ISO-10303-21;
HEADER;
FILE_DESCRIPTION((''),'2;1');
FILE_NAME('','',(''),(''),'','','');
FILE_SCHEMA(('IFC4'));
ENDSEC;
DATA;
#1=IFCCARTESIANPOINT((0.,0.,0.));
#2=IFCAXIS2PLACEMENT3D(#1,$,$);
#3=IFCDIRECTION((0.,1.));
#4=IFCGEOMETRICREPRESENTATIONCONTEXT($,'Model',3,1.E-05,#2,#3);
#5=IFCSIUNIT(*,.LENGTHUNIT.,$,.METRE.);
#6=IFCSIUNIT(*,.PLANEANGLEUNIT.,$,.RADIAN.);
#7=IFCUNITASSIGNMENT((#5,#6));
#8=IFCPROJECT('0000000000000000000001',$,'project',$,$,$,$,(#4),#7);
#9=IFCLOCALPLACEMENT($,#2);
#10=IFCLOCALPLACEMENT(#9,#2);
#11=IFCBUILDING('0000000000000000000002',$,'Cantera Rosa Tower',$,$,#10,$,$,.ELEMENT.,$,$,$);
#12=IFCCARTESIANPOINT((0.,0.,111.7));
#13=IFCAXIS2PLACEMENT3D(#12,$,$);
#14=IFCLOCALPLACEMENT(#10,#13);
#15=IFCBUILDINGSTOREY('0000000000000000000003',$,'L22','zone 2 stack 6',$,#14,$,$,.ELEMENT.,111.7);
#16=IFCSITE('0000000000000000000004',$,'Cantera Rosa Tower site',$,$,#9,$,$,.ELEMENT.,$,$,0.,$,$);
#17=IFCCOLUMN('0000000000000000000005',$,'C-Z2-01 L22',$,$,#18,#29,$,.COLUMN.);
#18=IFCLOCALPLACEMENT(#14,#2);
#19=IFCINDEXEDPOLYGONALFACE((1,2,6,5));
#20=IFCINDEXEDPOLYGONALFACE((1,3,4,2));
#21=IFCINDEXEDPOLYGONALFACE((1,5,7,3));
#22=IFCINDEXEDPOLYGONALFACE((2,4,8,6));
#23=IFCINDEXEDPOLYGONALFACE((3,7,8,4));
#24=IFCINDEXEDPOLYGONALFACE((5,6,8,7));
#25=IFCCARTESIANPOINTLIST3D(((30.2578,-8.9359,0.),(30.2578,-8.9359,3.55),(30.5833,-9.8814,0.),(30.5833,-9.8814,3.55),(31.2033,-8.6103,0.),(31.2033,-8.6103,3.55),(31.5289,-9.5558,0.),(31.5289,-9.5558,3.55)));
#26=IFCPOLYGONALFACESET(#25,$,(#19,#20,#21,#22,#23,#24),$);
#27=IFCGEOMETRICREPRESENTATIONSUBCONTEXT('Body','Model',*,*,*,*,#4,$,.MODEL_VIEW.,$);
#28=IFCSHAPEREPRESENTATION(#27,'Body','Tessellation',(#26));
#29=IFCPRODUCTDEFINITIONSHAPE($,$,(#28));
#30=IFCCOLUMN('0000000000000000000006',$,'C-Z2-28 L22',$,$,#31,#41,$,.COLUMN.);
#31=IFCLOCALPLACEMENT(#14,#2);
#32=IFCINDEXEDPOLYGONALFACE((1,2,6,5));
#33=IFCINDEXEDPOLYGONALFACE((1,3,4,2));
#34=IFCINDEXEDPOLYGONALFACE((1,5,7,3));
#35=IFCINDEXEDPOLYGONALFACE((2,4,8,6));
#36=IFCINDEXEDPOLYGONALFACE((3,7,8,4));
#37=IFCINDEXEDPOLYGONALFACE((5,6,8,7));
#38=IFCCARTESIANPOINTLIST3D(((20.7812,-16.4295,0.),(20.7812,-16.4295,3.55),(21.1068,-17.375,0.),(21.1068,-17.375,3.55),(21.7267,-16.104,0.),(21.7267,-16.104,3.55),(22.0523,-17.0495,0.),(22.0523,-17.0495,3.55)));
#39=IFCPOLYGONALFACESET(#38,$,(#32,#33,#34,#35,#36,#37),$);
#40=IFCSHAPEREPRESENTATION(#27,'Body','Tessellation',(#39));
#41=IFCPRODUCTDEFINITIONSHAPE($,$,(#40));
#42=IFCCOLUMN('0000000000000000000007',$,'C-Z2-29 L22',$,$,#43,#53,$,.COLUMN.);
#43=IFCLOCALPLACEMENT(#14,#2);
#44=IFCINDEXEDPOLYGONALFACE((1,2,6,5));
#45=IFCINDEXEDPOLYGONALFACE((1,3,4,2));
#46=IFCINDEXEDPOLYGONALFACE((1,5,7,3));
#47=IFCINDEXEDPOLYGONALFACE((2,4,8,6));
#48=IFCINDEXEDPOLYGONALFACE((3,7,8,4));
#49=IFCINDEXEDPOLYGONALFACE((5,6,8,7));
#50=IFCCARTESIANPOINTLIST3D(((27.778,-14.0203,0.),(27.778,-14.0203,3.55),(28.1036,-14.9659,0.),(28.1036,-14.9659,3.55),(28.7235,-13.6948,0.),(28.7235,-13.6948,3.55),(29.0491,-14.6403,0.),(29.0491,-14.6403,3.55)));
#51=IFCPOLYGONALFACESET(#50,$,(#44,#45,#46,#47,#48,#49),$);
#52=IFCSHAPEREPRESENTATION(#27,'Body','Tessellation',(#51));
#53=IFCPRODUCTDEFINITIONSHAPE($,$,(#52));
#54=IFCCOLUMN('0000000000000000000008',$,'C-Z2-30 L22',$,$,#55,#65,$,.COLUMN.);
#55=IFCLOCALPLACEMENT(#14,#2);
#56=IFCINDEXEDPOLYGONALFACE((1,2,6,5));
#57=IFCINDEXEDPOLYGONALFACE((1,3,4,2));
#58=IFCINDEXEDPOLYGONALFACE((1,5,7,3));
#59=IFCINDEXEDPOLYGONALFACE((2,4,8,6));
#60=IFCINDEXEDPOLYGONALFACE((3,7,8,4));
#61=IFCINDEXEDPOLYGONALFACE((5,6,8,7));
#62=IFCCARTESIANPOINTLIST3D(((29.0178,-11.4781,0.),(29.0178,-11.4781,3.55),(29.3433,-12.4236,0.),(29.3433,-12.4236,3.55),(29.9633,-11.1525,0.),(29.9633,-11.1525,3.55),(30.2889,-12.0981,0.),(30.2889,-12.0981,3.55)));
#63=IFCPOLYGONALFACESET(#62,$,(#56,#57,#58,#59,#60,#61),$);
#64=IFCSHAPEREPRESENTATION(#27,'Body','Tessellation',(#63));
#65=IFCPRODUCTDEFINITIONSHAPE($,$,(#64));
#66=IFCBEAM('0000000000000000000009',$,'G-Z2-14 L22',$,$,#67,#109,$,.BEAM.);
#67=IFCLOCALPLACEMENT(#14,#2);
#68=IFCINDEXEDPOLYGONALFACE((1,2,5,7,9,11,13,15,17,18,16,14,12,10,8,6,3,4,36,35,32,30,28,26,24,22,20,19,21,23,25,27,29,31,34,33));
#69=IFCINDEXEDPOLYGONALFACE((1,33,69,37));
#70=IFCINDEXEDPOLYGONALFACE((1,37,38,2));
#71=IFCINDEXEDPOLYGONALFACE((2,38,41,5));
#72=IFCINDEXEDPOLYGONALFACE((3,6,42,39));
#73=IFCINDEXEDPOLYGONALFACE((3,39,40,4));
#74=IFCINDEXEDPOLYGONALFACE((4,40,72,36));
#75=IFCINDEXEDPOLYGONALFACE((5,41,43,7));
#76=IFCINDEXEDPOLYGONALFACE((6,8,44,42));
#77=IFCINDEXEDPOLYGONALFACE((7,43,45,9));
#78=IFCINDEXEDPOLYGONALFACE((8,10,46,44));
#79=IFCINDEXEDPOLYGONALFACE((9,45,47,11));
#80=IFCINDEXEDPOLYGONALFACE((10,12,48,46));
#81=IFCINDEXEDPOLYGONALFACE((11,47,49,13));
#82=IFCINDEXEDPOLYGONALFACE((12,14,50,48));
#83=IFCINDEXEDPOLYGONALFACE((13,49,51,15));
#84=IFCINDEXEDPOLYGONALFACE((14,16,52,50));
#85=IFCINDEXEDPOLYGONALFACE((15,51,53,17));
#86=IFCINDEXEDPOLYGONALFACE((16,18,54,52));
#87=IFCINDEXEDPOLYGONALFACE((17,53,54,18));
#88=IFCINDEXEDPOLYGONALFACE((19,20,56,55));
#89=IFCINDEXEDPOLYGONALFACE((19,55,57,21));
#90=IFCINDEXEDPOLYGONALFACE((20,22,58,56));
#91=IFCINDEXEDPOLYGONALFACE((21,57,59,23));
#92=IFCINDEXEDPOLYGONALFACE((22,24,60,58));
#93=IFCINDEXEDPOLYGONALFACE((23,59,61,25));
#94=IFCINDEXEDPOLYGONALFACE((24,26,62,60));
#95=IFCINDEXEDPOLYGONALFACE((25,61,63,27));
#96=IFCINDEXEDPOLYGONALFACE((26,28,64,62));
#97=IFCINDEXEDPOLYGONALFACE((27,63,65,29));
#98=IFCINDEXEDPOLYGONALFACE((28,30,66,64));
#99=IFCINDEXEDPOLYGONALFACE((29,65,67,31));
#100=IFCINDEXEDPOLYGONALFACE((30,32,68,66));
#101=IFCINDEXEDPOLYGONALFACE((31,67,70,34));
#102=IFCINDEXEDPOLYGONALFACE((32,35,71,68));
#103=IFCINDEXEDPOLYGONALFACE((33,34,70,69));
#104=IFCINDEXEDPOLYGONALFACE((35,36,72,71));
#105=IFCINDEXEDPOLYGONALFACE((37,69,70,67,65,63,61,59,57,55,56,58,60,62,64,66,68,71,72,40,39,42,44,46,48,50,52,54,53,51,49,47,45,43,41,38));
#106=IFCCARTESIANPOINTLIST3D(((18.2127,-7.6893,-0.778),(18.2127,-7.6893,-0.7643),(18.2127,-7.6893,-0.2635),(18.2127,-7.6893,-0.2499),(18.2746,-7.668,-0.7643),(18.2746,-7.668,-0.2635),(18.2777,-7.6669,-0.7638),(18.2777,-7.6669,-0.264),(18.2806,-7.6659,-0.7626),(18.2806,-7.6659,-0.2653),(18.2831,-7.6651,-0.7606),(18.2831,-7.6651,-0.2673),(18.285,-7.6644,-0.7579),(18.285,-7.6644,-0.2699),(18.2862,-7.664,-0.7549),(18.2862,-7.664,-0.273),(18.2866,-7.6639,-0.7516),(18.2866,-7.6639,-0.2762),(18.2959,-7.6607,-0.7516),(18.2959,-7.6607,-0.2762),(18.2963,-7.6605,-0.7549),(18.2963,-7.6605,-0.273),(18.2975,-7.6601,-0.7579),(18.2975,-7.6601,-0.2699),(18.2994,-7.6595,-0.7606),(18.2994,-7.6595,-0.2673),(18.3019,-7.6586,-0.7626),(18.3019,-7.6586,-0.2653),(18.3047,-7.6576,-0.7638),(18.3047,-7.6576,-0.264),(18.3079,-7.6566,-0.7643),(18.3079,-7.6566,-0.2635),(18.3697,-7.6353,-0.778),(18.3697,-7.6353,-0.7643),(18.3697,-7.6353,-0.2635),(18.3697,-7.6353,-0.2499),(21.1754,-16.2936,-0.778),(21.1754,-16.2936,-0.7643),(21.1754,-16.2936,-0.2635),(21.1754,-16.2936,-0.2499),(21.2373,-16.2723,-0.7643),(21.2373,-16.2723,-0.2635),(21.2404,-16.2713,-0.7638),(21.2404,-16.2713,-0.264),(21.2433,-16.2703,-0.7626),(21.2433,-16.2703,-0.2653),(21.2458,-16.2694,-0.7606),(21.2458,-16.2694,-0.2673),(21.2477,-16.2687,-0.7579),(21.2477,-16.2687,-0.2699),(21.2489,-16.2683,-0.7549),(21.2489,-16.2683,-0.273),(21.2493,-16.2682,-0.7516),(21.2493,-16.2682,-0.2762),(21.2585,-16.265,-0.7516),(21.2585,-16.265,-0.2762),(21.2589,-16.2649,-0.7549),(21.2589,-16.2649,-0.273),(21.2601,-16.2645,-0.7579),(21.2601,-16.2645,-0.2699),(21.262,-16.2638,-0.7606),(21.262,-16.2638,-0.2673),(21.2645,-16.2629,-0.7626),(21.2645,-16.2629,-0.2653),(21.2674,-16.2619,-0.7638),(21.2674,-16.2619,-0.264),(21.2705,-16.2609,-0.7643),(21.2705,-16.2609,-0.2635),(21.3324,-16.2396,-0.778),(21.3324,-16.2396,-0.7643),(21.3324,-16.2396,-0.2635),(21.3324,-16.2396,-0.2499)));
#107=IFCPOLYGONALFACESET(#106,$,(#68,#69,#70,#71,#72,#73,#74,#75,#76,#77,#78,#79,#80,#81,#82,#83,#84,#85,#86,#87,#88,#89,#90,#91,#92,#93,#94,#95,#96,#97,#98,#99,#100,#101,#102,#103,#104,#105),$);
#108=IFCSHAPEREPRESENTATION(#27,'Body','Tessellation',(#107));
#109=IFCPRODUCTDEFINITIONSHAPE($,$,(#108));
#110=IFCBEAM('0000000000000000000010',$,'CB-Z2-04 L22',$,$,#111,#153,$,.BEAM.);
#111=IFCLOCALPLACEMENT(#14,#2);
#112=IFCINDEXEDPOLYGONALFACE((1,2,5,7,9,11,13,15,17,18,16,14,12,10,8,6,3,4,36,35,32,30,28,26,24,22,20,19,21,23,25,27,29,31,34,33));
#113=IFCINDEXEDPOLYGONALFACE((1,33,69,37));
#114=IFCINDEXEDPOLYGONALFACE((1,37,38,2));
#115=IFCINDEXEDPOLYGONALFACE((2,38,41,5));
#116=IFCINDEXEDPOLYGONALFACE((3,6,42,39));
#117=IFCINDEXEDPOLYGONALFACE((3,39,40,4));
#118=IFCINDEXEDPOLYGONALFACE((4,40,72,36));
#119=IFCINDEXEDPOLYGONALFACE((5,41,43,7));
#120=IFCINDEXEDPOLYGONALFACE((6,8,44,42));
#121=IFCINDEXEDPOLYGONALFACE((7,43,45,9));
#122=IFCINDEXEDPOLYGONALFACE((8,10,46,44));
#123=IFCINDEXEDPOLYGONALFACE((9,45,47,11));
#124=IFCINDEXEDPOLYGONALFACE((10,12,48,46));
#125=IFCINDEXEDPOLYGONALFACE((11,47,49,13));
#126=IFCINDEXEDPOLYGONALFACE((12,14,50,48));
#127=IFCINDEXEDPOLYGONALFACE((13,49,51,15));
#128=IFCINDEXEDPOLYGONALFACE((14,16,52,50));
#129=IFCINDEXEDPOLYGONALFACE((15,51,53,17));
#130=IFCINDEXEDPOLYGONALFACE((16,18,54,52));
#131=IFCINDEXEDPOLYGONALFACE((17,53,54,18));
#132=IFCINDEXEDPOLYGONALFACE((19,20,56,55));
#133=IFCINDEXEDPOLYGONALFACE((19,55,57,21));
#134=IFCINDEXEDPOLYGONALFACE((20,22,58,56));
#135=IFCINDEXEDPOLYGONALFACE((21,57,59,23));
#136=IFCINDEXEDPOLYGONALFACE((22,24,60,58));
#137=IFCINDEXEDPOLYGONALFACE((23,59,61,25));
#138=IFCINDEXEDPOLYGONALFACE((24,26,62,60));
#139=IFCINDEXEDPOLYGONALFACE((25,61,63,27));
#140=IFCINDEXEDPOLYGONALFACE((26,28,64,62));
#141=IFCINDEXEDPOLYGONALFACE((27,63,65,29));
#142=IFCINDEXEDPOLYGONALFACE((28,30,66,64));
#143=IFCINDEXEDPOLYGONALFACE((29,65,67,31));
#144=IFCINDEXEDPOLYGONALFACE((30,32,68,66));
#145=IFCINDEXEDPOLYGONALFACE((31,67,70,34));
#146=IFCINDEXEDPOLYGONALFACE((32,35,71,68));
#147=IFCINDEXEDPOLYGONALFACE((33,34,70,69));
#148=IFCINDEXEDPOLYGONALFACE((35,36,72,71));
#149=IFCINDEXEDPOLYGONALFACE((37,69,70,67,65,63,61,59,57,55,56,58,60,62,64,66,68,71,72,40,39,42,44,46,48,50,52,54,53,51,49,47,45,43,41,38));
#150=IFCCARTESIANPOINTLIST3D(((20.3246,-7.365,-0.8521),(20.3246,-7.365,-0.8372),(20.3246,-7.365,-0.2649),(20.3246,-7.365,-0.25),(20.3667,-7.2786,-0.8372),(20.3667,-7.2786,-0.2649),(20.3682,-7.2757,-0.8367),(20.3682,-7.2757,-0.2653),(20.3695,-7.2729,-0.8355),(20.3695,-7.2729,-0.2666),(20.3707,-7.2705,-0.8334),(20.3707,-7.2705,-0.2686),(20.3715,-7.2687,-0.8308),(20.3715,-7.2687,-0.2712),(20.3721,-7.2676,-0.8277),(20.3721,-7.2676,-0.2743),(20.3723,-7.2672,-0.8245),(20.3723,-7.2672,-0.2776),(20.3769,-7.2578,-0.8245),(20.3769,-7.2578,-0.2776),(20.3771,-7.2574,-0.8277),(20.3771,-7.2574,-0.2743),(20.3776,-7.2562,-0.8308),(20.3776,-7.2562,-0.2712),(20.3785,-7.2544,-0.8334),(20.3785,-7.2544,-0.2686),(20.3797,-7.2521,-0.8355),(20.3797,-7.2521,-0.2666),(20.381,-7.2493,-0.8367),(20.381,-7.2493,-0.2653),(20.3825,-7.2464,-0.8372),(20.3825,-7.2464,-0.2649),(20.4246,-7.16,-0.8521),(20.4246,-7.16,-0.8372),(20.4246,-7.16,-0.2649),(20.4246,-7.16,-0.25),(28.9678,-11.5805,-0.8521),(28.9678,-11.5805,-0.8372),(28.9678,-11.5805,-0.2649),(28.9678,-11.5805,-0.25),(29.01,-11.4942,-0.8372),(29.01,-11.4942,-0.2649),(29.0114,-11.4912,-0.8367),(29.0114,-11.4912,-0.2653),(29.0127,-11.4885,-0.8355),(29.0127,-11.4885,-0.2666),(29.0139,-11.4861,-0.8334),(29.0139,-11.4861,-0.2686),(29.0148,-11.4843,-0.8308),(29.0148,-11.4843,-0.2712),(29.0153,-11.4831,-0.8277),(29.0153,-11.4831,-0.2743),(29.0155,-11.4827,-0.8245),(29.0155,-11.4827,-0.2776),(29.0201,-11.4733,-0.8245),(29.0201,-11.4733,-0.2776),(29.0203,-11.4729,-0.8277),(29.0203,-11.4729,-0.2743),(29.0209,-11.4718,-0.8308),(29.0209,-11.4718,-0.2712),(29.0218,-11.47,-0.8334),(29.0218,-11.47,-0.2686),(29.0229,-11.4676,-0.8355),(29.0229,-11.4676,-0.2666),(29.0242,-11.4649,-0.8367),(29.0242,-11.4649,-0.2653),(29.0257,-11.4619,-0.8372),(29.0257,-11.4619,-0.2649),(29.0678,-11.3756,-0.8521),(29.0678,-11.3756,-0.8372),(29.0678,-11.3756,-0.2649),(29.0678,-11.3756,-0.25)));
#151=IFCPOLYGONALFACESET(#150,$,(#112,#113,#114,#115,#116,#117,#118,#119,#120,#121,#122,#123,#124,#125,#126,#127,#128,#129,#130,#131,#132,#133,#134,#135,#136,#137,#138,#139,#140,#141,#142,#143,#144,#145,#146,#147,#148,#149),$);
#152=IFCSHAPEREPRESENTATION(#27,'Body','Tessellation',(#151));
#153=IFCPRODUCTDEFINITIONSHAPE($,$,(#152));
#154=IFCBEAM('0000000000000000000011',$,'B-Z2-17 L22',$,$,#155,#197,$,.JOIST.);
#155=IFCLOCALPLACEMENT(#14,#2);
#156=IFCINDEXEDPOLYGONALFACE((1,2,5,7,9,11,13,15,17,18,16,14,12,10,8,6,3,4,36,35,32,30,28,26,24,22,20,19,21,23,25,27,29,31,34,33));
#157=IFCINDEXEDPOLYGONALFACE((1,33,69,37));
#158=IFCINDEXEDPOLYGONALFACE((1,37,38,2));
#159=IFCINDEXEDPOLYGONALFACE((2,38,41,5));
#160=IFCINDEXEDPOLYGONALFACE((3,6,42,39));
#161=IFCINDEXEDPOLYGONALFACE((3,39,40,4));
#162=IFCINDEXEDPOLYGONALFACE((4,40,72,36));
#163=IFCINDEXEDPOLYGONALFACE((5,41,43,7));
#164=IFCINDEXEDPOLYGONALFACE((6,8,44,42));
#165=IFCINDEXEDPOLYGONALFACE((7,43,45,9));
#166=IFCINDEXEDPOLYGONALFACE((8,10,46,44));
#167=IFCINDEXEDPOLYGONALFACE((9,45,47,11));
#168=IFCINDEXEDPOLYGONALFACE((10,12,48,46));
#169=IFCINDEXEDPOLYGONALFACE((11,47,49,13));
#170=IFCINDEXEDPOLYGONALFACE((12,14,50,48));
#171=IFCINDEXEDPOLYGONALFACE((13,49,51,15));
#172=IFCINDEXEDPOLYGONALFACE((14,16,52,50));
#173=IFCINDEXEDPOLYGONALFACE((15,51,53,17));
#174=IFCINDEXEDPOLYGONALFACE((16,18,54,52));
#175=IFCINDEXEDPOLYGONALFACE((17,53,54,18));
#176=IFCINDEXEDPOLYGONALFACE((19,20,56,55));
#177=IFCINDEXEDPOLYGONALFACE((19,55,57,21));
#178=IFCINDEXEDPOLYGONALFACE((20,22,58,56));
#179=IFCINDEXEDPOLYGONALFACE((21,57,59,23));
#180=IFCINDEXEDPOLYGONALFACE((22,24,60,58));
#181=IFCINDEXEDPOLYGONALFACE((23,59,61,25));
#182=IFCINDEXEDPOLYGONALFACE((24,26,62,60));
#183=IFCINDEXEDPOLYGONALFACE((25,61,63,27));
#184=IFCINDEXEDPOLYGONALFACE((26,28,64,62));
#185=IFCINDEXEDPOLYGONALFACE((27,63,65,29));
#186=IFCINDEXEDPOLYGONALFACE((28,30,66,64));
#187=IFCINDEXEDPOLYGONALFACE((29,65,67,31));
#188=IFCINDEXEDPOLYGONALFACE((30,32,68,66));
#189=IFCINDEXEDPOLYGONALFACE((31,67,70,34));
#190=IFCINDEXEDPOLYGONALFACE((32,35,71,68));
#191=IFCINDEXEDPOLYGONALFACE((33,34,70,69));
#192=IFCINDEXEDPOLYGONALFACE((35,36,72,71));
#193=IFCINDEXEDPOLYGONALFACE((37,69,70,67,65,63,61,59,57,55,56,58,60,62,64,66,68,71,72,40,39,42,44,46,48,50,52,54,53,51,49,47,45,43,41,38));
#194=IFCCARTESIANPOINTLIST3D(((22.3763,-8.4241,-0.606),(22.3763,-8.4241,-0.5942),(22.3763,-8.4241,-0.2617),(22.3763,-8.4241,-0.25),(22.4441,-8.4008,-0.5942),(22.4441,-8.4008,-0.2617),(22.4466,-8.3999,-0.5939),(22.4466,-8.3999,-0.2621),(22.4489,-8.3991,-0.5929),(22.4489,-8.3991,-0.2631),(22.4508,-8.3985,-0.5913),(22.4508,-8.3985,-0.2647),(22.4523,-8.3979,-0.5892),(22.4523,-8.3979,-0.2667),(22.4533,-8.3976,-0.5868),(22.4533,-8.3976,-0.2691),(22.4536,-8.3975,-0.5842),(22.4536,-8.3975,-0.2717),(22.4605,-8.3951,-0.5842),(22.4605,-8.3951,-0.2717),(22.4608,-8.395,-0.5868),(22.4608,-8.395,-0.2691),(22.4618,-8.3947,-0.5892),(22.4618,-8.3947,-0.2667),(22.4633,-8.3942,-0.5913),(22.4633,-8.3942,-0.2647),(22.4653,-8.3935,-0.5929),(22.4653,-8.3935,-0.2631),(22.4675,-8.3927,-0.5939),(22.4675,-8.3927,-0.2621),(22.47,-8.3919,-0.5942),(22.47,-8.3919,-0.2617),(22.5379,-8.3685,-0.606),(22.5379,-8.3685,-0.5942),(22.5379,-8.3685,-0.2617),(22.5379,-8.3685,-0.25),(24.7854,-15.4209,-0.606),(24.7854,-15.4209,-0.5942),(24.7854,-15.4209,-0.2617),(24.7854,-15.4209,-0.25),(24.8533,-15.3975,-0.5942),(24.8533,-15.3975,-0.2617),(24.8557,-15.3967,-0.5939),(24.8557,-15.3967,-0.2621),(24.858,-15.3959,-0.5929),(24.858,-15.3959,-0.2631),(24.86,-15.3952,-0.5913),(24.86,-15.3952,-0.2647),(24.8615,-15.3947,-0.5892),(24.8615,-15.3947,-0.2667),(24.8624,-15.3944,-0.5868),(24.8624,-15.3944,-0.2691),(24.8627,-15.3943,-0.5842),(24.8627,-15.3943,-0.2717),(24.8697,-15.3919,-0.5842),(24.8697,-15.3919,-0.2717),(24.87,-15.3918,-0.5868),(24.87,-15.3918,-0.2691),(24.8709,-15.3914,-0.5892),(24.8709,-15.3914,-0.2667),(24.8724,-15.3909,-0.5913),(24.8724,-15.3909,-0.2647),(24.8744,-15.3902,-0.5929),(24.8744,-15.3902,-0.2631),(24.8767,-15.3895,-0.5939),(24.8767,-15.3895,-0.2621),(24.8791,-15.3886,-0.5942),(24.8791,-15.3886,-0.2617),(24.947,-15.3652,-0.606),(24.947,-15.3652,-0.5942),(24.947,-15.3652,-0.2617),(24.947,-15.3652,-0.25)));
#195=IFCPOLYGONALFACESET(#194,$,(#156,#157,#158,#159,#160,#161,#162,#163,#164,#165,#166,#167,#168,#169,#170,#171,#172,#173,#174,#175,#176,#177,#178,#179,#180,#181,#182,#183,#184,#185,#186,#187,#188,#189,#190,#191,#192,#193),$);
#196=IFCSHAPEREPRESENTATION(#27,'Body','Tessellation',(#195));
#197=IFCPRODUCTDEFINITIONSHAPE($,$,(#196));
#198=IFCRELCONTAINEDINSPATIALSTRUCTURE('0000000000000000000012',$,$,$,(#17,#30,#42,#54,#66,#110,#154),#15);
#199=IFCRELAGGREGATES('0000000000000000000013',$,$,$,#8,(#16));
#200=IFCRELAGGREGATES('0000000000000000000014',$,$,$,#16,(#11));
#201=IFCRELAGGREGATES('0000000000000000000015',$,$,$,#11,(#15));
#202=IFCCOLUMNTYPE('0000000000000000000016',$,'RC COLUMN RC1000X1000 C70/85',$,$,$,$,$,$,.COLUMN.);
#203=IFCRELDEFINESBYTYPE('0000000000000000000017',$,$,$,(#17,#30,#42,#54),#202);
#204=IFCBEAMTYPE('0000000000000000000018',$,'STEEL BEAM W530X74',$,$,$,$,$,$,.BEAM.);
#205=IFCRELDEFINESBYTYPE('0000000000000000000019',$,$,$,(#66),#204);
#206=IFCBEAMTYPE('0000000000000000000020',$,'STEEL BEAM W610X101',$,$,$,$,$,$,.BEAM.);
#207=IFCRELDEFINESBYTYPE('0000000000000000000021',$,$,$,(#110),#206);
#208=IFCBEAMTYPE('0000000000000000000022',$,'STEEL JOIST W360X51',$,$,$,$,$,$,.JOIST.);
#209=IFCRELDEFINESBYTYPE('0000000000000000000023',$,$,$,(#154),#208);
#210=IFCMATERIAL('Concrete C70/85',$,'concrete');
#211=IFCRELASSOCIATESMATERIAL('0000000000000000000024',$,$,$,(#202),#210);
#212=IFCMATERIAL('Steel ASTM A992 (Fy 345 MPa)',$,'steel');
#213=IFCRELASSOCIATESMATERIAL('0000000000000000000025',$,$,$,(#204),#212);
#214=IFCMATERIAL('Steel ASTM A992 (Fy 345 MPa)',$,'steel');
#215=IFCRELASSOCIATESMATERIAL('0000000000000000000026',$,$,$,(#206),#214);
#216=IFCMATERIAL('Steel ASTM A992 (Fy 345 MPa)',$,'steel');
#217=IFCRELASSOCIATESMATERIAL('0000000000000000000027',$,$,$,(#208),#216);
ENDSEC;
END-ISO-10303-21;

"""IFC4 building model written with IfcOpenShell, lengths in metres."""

from ifc_helpers import new_model, si_unit, direction, frame, origin, origin_2d, place, context, subcontext, project, spatial, rectangle, i_section, extrude, material, material_profile, profile_set, type_object, element, save


model = new_model("IFC4")

# Units and contexts
model_context = context("Model", 3, precision=1e-05, world=origin(), true_north=direction((0.0, 1.0)))
body_context = subcontext(model_context, "Body", "Model", "MODEL_VIEW")
ifc_project = project(units=[si_unit("LENGTHUNIT", "METRE"), si_unit("PLANEANGLEUNIT", "RADIAN")], contexts=[model_context])

# Site, building, storey
site_placement = place(None, origin())
site = spatial("IfcSite", under=ifc_project, at=site_placement, Name="Cantera Rosa Tower site", CompositionType="ELEMENT", RefElevation=0.0)
building_placement = place(site_placement, origin())
building = spatial("IfcBuilding", under=site, at=building_placement, Name="Cantera Rosa Tower", CompositionType="ELEMENT")
storey_placement = place(building_placement, frame((0.0, 0.0, 111.7)))
storey = spatial("IfcBuildingStorey", under=building, at=storey_placement, Name="L22", Description="zone 2 stack 6", CompositionType="ELEMENT", Elevation=111.7)

# Columns
ifc_material_1 = material(Name="Concrete C70/85", Category="concrete")
ifc_material_profile_1 = material_profile(ifc_material_1, rectangle(XDim=1.0, YDim=1.0, at=origin_2d()), Name="RC COLUMN RC1000X1000 C70/85")
ifc_profile_set_1 = profile_set([ifc_material_profile_1], Name="Concrete C70/85")
column_type = type_object("IfcColumnType", Name="RC COLUMN RC1000X1000 C70/85", PredefinedType="COLUMN", material=ifc_profile_set_1)
for number, where, z_axis, x_axis, name in (
    (1, (30.8933, -9.2458, 0.0), (0.0, 0.0, 1.0), (0.945519, 0.325568, 0.0), "C-Z2-01 L22"),
    (2, (21.4167, -16.7395, 0.0), (0.0, 0.0, 1.0), (0.945519, 0.325568, 0.0), "C-Z2-28 L22"),
    (3, (28.4136, -14.3303, 0.0), (0.0, 0.0, 1.0), (0.945519, 0.325568, 0.0), "C-Z2-29 L22"),
    (4, (29.6533, -11.7881, 0.0), (0.0, 0.0, 1.0), (0.945519, 0.325568, 0.0), "C-Z2-30 L22"),
):
    element("IfcColumn", number, at=place(storey_placement, frame(where, z_axis=z_axis, x_axis=x_axis)), inside=storey, type_object=column_type, Name=name, PredefinedType="COLUMN", context=body_context, shape_type="SweptSolid", body=[
        extrude(rectangle(XDim=1.0, YDim=1.0, at=origin_2d()), origin(), (0.0, 0.0, 1.0), 3.55),
    ])

# Beams
ifc_material_2 = material(Name="Steel ASTM A992 (Fy 345 MPa)", Category="steel")
ifc_material_profile_2 = material_profile(ifc_material_2, i_section(OverallWidth=0.166, OverallDepth=0.5281, WebThickness=0.0098, FlangeThickness=0.0137, FilletRadius=0.0127, at=origin_2d()), Name="W530X74")
ifc_profile_set_2 = profile_set([ifc_material_profile_2], Name="Steel ASTM A992 (Fy 345 MPa)")
beam_type_1 = type_object("IfcBeamType", Name="STEEL BEAM W530X74", PredefinedType="BEAM", material=ifc_profile_set_2)
beam_1_placement = place(storey_placement, frame((21.2539, -16.2666, -0.5139), z_axis=(-0.325565, 0.94552, 0.0), x_axis=(-0.94552, -0.325565, 0.0)))
element("IfcBeam", 5, at=beam_1_placement, inside=storey, type_object=beam_type_1, Name="G-Z2-14 L22", PredefinedType="BEAM", context=body_context, shape_type="SweptSolid", body=[
    extrude(i_section(OverallWidth=0.166, OverallDepth=0.5281, WebThickness=0.0098, FlangeThickness=0.0137, FilletRadius=0.0127, at=origin_2d()), origin(), (0.0, 0.0, 1.0), 9.1001),
])
ifc_material_3 = material(Name="Steel ASTM A992 (Fy 345 MPa)", Category="steel")
ifc_material_profile_3 = material_profile(ifc_material_3, i_section(OverallWidth=0.228, OverallDepth=0.6021, WebThickness=0.0105, FlangeThickness=0.0149, FilletRadius=0.0127, at=origin_2d()), Name="W610X101")
ifc_profile_set_3 = profile_set([ifc_material_profile_3], Name="Steel ASTM A992 (Fy 345 MPa)")
beam_type_2 = type_object("IfcBeamType", Name="STEEL BEAM W610X101", PredefinedType="BEAM", material=ifc_profile_set_3)
beam_2_placement = place(storey_placement, frame((29.0178, -11.478, -0.551), z_axis=(-0.898796, 0.438367, 0.0), x_axis=(-0.438367, -0.898796, 0.0)))
element("IfcBeam", 6, at=beam_2_placement, inside=storey, type_object=beam_type_2, Name="CB-Z2-04 L22", PredefinedType="BEAM", context=body_context, shape_type="SweptSolid", body=[
    extrude(i_section(OverallWidth=0.228, OverallDepth=0.6021, WebThickness=0.0105, FlangeThickness=0.0149, FilletRadius=0.0127, at=origin_2d()), origin(), (0.0, 0.0, 1.0), 9.6165),
])
ifc_material_4 = material(Name="Steel ASTM A992 (Fy 345 MPa)", Category="steel")
ifc_material_profile_4 = material_profile(ifc_material_4, i_section(OverallWidth=0.1709, OverallDepth=0.356, WebThickness=0.0073, FlangeThickness=0.0117, FilletRadius=0.01, at=origin_2d()), Name="W360X51")
ifc_profile_set_4 = profile_set([ifc_material_profile_4], Name="Steel ASTM A992 (Fy 345 MPa)")
beam_type_3 = type_object("IfcBeamType", Name="STEEL JOIST W360X51", PredefinedType="JOIST", material=ifc_profile_set_4)
beam_3_placement = place(storey_placement, frame((24.8662, -15.3931, -0.428), z_axis=(-0.325566, 0.945519, 0.0), x_axis=(-0.945519, -0.325566, 0.0)))
element("IfcBeam", 7, at=beam_3_placement, inside=storey, type_object=beam_type_3, Name="B-Z2-17 L22", PredefinedType="JOIST", context=body_context, shape_type="SweptSolid", body=[
    extrude(i_section(OverallWidth=0.1709, OverallDepth=0.356, WebThickness=0.0073, FlangeThickness=0.0117, FilletRadius=0.01, at=origin_2d()), origin(), (0.0, 0.0, 1.0), 7.3999),
])

save(model, "model.ifc")
